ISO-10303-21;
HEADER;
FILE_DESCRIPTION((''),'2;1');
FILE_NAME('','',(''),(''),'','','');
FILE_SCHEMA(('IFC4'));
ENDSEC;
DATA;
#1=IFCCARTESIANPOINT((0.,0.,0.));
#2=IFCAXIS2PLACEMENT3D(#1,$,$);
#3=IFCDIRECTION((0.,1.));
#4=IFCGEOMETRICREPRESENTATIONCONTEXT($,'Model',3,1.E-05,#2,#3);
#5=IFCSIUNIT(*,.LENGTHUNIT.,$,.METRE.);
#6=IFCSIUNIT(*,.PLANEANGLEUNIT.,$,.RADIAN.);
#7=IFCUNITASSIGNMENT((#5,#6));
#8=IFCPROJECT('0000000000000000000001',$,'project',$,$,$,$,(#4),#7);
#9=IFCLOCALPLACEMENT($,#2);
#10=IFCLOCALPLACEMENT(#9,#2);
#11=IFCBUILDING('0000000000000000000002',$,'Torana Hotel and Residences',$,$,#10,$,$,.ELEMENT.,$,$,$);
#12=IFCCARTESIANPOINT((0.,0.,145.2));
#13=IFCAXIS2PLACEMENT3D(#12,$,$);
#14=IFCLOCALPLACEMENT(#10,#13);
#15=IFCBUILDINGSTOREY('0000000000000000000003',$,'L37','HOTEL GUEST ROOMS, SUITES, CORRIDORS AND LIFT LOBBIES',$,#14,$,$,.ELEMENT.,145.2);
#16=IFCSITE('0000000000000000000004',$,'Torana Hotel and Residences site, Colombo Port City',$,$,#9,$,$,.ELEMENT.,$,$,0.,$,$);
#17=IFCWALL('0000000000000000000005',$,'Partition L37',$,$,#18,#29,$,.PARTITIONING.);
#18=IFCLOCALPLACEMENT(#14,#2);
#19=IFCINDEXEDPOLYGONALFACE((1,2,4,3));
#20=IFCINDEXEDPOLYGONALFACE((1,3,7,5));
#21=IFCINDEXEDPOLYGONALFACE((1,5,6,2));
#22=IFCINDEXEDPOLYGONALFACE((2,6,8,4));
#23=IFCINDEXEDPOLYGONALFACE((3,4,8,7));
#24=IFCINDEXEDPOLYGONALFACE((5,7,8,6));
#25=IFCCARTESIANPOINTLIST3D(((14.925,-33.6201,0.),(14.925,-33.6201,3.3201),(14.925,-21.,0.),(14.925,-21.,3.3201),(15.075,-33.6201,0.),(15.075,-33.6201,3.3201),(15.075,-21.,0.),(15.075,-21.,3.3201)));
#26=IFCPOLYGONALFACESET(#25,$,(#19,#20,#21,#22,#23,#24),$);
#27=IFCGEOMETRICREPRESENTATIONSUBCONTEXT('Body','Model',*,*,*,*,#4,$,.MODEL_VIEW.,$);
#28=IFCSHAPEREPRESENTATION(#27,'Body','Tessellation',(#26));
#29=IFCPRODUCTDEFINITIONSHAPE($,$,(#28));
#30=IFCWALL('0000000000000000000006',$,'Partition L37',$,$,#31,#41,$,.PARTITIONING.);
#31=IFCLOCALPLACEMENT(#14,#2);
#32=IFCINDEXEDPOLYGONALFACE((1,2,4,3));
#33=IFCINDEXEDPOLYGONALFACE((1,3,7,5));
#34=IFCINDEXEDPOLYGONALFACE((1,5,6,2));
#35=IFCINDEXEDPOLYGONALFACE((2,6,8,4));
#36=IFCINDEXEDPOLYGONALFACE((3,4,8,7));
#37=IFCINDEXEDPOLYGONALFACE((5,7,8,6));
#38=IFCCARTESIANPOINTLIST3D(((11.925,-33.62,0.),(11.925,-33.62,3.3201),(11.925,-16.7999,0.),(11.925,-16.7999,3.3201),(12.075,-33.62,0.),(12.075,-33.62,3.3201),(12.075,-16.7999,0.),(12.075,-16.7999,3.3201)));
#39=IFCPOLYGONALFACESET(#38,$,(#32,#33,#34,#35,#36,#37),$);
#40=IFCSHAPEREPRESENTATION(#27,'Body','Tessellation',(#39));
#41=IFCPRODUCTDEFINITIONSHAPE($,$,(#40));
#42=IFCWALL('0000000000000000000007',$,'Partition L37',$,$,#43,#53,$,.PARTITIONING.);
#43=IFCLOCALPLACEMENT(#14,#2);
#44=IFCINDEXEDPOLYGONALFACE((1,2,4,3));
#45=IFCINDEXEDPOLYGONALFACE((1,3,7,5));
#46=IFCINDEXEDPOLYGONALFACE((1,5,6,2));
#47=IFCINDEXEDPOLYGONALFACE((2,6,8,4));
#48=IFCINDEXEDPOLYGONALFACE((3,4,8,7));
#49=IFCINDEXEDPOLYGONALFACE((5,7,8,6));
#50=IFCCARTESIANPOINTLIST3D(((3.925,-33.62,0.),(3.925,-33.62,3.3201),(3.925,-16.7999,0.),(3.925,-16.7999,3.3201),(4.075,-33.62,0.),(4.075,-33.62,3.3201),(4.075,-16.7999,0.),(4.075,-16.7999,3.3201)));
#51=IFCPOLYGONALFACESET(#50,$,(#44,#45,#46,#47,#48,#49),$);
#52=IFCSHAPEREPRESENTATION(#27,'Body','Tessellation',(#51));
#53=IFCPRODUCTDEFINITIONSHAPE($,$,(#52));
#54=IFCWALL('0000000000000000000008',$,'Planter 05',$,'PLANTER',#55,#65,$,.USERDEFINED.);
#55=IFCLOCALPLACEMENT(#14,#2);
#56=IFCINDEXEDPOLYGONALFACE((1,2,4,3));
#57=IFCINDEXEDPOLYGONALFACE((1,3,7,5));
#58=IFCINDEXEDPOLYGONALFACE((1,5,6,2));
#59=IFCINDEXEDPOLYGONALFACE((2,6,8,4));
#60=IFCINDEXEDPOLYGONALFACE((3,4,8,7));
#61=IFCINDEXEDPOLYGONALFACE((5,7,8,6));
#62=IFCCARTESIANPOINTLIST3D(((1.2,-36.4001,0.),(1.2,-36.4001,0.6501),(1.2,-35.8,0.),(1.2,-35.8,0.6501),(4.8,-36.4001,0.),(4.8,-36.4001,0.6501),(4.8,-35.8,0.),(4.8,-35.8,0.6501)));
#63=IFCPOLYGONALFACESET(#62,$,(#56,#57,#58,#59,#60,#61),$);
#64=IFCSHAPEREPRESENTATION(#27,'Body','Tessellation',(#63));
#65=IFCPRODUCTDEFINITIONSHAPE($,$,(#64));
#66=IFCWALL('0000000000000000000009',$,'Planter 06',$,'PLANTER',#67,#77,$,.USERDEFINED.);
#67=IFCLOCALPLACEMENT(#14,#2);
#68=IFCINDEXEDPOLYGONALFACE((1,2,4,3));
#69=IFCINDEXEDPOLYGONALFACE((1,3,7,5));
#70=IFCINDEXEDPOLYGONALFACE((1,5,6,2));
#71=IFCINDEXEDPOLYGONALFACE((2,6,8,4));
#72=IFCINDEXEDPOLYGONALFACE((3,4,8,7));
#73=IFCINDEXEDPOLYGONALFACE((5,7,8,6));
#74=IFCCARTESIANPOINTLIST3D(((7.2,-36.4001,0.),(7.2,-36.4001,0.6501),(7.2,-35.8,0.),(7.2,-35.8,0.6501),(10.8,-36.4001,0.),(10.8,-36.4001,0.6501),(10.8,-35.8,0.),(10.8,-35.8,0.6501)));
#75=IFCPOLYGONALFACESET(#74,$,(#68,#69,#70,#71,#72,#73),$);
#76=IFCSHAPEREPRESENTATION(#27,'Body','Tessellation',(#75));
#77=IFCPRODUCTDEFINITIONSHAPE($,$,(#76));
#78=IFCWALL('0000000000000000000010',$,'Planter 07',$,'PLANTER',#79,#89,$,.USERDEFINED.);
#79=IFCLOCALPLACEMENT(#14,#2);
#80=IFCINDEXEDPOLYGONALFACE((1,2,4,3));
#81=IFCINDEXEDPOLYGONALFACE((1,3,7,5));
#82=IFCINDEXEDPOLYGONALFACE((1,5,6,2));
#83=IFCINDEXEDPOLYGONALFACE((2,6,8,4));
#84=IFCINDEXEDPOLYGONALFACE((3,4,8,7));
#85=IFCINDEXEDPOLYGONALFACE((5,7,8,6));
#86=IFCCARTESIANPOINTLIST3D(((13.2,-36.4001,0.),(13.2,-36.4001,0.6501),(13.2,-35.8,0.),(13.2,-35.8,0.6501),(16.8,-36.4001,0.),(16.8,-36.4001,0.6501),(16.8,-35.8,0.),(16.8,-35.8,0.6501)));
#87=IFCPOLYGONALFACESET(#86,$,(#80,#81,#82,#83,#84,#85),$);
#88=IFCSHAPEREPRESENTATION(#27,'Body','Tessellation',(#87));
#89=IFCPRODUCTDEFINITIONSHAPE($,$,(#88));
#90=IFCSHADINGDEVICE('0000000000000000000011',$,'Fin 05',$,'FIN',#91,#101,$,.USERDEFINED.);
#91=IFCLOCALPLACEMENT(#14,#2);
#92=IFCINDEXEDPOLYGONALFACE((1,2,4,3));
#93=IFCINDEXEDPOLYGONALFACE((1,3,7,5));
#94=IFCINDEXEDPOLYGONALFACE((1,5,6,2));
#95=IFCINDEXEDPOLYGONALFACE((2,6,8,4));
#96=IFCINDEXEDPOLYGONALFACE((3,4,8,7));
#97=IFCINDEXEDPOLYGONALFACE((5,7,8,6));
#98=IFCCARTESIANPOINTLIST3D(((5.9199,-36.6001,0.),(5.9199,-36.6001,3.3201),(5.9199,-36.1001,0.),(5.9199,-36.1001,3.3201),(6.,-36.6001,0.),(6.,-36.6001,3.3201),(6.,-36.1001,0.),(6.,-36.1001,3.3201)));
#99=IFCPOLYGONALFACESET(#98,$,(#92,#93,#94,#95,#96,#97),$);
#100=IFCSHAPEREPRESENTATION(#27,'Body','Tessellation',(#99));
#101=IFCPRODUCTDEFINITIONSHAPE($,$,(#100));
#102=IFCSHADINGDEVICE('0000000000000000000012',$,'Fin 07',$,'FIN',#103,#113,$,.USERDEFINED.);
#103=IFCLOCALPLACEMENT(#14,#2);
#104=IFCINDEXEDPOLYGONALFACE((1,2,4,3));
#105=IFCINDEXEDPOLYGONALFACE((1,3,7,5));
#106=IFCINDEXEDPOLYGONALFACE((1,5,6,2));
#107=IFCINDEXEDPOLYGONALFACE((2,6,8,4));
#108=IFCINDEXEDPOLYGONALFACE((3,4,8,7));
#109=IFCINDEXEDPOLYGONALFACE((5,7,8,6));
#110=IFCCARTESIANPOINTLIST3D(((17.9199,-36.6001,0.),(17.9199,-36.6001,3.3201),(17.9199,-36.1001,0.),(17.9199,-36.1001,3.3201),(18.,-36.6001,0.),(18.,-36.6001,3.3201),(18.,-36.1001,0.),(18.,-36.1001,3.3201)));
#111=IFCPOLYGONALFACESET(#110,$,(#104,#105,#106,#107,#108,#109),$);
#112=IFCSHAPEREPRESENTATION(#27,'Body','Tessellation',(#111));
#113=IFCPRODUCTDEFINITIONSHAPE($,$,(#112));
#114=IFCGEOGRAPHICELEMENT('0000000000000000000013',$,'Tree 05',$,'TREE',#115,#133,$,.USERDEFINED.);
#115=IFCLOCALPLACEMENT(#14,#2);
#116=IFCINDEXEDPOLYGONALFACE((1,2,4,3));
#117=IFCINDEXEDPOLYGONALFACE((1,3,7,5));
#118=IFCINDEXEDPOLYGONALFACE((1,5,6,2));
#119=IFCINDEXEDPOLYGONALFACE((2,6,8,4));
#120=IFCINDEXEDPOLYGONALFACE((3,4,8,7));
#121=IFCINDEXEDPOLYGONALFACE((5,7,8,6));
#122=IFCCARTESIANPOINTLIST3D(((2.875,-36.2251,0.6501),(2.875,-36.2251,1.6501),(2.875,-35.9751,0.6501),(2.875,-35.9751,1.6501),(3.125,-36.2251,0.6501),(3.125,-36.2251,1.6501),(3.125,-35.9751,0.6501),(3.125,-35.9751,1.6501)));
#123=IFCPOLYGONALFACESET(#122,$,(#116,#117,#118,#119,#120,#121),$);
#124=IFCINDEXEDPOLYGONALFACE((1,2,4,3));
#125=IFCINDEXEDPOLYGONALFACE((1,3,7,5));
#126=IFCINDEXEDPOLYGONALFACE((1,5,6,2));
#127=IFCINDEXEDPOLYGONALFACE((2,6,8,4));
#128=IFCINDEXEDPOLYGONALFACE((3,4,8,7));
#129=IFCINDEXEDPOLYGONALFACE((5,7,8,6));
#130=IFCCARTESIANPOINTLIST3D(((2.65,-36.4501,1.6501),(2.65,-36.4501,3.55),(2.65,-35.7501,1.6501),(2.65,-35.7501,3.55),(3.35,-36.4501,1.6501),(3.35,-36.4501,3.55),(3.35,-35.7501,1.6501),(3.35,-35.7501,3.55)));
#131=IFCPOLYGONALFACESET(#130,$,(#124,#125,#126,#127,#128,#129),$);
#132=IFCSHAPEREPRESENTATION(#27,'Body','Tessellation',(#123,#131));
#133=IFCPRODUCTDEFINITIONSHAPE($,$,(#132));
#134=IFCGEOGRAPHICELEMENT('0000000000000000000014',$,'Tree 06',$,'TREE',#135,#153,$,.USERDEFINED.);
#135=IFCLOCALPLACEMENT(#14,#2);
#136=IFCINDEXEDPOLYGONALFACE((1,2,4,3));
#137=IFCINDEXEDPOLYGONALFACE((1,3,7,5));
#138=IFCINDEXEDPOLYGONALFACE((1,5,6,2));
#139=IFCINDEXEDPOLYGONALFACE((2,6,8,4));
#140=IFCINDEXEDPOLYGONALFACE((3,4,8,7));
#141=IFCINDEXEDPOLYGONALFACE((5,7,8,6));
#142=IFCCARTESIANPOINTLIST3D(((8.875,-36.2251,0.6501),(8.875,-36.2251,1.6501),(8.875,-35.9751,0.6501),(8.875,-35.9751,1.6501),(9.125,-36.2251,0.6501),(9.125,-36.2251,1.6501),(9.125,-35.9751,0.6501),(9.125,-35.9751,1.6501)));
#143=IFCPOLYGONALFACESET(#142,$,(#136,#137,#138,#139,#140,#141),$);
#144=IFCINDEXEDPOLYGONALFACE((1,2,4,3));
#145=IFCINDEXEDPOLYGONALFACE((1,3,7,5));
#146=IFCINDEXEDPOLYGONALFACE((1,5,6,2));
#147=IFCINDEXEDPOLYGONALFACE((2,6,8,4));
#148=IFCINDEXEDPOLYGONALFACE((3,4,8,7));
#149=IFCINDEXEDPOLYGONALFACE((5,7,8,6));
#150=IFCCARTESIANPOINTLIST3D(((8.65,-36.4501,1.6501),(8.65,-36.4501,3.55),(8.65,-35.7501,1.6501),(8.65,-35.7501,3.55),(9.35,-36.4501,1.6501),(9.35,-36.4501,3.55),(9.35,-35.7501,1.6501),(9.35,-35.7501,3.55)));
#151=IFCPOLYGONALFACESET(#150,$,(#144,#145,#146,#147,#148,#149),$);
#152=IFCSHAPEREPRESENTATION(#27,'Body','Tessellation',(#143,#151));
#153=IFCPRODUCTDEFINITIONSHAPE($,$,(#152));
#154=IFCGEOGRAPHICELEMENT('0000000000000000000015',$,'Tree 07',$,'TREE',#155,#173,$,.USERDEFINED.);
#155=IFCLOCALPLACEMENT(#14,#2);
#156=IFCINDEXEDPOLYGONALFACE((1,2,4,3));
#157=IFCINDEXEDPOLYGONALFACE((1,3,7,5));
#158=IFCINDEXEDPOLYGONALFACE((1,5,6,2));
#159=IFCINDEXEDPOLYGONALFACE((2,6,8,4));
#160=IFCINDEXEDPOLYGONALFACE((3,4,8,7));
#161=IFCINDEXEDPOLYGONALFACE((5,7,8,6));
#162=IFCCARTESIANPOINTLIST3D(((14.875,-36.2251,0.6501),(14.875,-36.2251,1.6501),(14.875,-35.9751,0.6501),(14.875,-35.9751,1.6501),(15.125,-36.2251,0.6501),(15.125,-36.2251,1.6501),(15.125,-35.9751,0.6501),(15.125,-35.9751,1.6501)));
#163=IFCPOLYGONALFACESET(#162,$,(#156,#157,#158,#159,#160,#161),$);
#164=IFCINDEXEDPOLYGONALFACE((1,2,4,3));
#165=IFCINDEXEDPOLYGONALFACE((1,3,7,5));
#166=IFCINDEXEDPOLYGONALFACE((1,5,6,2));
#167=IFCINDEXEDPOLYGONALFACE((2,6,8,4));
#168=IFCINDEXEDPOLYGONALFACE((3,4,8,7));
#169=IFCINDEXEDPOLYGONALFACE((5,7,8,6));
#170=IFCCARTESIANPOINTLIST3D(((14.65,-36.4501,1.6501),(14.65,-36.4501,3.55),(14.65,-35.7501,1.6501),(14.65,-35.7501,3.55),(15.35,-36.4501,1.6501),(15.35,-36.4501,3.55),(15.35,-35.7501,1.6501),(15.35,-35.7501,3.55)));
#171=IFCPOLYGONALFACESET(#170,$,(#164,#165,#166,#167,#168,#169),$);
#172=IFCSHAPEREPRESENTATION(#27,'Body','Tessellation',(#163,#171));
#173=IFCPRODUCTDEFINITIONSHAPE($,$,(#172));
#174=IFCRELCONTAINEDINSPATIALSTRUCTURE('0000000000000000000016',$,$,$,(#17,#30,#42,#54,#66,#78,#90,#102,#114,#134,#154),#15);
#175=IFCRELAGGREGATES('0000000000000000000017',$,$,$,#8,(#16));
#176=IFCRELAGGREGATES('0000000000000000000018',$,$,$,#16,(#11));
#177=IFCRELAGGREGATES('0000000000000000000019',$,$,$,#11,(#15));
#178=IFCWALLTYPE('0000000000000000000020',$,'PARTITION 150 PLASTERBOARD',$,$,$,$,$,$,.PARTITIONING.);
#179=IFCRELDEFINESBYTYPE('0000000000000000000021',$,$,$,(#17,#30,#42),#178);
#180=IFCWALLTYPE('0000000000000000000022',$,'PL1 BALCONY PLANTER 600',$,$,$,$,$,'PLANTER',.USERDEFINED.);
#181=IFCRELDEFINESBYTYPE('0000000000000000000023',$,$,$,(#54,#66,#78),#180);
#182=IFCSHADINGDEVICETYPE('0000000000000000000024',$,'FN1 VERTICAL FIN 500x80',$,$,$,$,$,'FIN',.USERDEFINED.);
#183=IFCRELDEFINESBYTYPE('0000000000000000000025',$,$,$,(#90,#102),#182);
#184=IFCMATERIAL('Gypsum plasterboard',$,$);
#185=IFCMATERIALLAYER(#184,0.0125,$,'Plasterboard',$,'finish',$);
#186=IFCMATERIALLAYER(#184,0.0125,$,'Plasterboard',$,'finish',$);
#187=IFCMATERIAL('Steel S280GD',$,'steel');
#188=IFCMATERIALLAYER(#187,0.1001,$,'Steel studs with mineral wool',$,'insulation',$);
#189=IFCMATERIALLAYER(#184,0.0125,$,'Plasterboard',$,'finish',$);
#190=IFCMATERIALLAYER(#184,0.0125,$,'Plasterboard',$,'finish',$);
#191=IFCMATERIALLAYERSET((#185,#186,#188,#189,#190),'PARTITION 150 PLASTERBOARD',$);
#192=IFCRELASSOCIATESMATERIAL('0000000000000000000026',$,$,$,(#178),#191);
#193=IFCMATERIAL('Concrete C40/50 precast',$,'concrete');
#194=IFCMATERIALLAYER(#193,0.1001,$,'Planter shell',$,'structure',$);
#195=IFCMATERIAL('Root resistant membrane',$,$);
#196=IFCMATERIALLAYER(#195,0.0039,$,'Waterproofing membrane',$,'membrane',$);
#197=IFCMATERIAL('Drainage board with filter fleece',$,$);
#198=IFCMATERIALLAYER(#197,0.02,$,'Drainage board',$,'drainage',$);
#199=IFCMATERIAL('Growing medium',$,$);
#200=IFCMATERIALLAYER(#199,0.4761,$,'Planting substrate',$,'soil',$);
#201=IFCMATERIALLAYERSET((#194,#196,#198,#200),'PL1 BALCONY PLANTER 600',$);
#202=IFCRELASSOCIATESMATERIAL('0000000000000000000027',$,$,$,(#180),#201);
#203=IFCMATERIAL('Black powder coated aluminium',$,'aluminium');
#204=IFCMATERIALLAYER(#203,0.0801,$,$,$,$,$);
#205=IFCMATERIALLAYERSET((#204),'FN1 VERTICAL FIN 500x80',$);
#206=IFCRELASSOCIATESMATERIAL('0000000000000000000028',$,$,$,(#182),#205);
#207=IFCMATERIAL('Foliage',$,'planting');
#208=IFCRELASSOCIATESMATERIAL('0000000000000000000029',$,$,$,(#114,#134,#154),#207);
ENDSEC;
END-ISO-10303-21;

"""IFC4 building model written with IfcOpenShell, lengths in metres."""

from ifc_helpers import new_model, si_unit, direction, frame, frame_2d, origin, origin_2d, place, context, subcontext, project, spatial, rectangle, extrude, material, layer, layer_set, type_object, element, save


model = new_model("IFC4")

# Units and contexts
model_context = context("Model", 3, precision=1e-05, world=origin(), true_north=direction((0.0, 1.0)))
body_context = subcontext(model_context, "Body", "Model", "MODEL_VIEW")
ifc_project = project(units=[si_unit("LENGTHUNIT", "METRE"), si_unit("PLANEANGLEUNIT", "RADIAN")], contexts=[model_context])

# Site, building, storey
site_placement = place(None, origin())
site = spatial("IfcSite", under=ifc_project, at=site_placement, Name="Torana Hotel and Residences site, Colombo Port City", CompositionType="ELEMENT", RefElevation=0.0)
building_placement = place(site_placement, origin())
building = spatial("IfcBuilding", under=site, at=building_placement, Name="Torana Hotel and Residences", CompositionType="ELEMENT")
storey_placement = place(building_placement, frame((0.0, 0.0, 145.2)))
storey = spatial("IfcBuildingStorey", under=building, at=storey_placement, Name="L37", Description="HOTEL GUEST ROOMS, SUITES, CORRIDORS AND LIFT LOBBIES", CompositionType="ELEMENT", Elevation=145.2)

# Walls
ifc_material_1 = material(Name="Gypsum plasterboard")
ifc_layer_1 = layer(ifc_material_1, 0.0125, Name="Plasterboard", Category="finish")
ifc_layer_2 = layer(ifc_material_1, 0.0125, Name="Plasterboard", Category="finish")
ifc_material_2 = material(Name="Steel S280GD", Category="steel")
ifc_layer_3 = layer(ifc_material_2, 0.1001, Name="Steel studs with mineral wool", Category="insulation")
ifc_layer_4 = layer(ifc_material_1, 0.0125, Name="Plasterboard", Category="finish")
ifc_layer_5 = layer(ifc_material_1, 0.0125, Name="Plasterboard", Category="finish")
ifc_layer_set_1 = layer_set([ifc_layer_1, ifc_layer_2, ifc_layer_3, ifc_layer_4, ifc_layer_5], Name="PARTITION 150 PLASTERBOARD")
wall_type_1 = type_object("IfcWallType", Name="PARTITION 150 PLASTERBOARD", PredefinedType="PARTITIONING", material=ifc_layer_set_1)
wall_placement = place(storey_placement, frame((15.0, -33.6201, 0.0), z_axis=(0.0, 0.0, 1.0), x_axis=(0.0, 1.0, 0.0)))
element("IfcWall", 1, at=wall_placement, inside=storey, type_object=wall_type_1, Name="Partition L37", PredefinedType="PARTITIONING", context=body_context, shape_type="SweptSolid", body=[
    extrude(rectangle(XDim=12.6201, YDim=0.1499, at=frame_2d((6.3101, 0.0))), origin(), (0.0, 0.0, 1.0), 3.3201),
])
for number, where, z_axis, x_axis, name in (
    (2, (12.0, -33.6201, 0.0), (0.0, 0.0, 1.0), (0.0, 1.0, 0.0), "Partition L37"),
    (3, (4.0, -33.6201, 0.0), (0.0, 0.0, 1.0), (0.0, 1.0, 0.0), "Partition L37"),
):
    element("IfcWall", number, at=place(storey_placement, frame(where, z_axis=z_axis, x_axis=x_axis)), inside=storey, type_object=wall_type_1, Name=name, PredefinedType="PARTITIONING", context=body_context, shape_type="SweptSolid", body=[
        extrude(rectangle(XDim=16.8201, YDim=0.1499, at=frame_2d((8.4102, 0.0))), origin(), (0.0, 0.0, 1.0), 3.3201),
    ])
ifc_material_3 = material(Name="Concrete C40/50 precast", Category="concrete")
ifc_layer_6 = layer(ifc_material_3, 0.1001, Name="Planter shell", Category="structure")
ifc_material_4 = material(Name="Root resistant membrane")
ifc_layer_7 = layer(ifc_material_4, 0.0039, Name="Waterproofing membrane", Category="membrane")
ifc_material_5 = material(Name="Drainage board with filter fleece")
ifc_layer_8 = layer(ifc_material_5, 0.02, Name="Drainage board", Category="drainage")
ifc_material_6 = material(Name="Growing medium")
ifc_layer_9 = layer(ifc_material_6, 0.4761, Name="Planting substrate", Category="soil")
ifc_layer_set_2 = layer_set([ifc_layer_6, ifc_layer_7, ifc_layer_8, ifc_layer_9], Name="PL1 BALCONY PLANTER 600")
wall_type_2 = type_object("IfcWallType", Name="PL1 BALCONY PLANTER 600", ElementType="PLANTER", PredefinedType="USERDEFINED", material=ifc_layer_set_2)
for number, where, z_axis, x_axis, name in (
    (4, (4.8, -36.1001, 0.0), (0.0, 0.0, 1.0), (-1.0, 0.0, 0.0), "Planter 05"),
    (5, (10.8, -36.1001, 0.0), (0.0, 0.0, 1.0), (-1.0, 0.0, 0.0), "Planter 06"),
    (6, (16.8, -36.1001, 0.0), (0.0, 0.0, 1.0), (-1.0, 0.0, 0.0), "Planter 07"),
):
    element("IfcWall", number, at=place(storey_placement, frame(where, z_axis=z_axis, x_axis=x_axis)), inside=storey, type_object=wall_type_2, Name=name, ObjectType="PLANTER", PredefinedType="USERDEFINED", context=body_context, shape_type="SweptSolid", body=[
        extrude(rectangle(XDim=3.6001, YDim=0.6001, at=frame_2d((1.8, 0.0))), origin(), (0.0, 0.0, 1.0), 0.6501),
    ])

# Shading devices
ifc_material_7 = material(Name="Black powder coated aluminium", Category="aluminium")
ifc_layer_10 = layer(ifc_material_7, 0.0801)
ifc_layer_set_3 = layer_set([ifc_layer_10], Name="FN1 VERTICAL FIN 500x80")
shading_device_type = type_object("IfcShadingDeviceType", Name="FN1 VERTICAL FIN 500x80", ElementType="FIN", PredefinedType="USERDEFINED", material=ifc_layer_set_3)
for number, where, z_axis, x_axis, name in (
    (7, (5.96, -36.3501, 0.0), (0.0, 0.0, 1.0), (-1.0, 0.0, 0.0), "Fin 05"),
    (8, (17.96, -36.3501, 0.0), (0.0, 0.0, 1.0), (-1.0, 0.0, 0.0), "Fin 07"),
):
    element("IfcShadingDevice", number, at=place(storey_placement, frame(where, z_axis=z_axis, x_axis=x_axis)), inside=storey, type_object=shading_device_type, Name=name, ObjectType="FIN", PredefinedType="USERDEFINED", context=body_context, shape_type="SweptSolid", body=[
        extrude(rectangle(XDim=0.0801, YDim=0.5, at=origin_2d()), origin(), (0.0, 0.0, 1.0), 3.3201),
    ])

# Geographic elements
ifc_material_8 = material(Name="Foliage", Category="planting")
for number, where, z_axis, x_axis, name in (
    (9, (3.0, -36.1001, 0.6501), (0.0, 0.0, 1.0), (1.0, 0.0, 0.0), "Tree 05"),
    (10, (9.0, -36.1001, 0.6501), (0.0, 0.0, 1.0), (1.0, 0.0, 0.0), "Tree 06"),
    (11, (15.0, -36.1001, 0.6501), (0.0, 0.0, 1.0), (1.0, 0.0, 0.0), "Tree 07"),
):
    element("IfcGeographicElement", number, at=place(storey_placement, frame(where, z_axis=z_axis, x_axis=x_axis)), inside=storey, material=ifc_material_8, Name=name, ObjectType="TREE", PredefinedType="USERDEFINED", context=body_context, shape_type="SweptSolid", body=[
        extrude(rectangle(XDim=0.25, YDim=0.25, at=origin_2d()), origin(), (0.0, 0.0, 1.0), 1.0),
        extrude(rectangle(XDim=0.7, YDim=0.7, at=origin_2d()), frame((0.0, 0.0, 1.0)), (0.0, 0.0, 1.0), 1.8999),
    ])

save(model, "model.ifc")
